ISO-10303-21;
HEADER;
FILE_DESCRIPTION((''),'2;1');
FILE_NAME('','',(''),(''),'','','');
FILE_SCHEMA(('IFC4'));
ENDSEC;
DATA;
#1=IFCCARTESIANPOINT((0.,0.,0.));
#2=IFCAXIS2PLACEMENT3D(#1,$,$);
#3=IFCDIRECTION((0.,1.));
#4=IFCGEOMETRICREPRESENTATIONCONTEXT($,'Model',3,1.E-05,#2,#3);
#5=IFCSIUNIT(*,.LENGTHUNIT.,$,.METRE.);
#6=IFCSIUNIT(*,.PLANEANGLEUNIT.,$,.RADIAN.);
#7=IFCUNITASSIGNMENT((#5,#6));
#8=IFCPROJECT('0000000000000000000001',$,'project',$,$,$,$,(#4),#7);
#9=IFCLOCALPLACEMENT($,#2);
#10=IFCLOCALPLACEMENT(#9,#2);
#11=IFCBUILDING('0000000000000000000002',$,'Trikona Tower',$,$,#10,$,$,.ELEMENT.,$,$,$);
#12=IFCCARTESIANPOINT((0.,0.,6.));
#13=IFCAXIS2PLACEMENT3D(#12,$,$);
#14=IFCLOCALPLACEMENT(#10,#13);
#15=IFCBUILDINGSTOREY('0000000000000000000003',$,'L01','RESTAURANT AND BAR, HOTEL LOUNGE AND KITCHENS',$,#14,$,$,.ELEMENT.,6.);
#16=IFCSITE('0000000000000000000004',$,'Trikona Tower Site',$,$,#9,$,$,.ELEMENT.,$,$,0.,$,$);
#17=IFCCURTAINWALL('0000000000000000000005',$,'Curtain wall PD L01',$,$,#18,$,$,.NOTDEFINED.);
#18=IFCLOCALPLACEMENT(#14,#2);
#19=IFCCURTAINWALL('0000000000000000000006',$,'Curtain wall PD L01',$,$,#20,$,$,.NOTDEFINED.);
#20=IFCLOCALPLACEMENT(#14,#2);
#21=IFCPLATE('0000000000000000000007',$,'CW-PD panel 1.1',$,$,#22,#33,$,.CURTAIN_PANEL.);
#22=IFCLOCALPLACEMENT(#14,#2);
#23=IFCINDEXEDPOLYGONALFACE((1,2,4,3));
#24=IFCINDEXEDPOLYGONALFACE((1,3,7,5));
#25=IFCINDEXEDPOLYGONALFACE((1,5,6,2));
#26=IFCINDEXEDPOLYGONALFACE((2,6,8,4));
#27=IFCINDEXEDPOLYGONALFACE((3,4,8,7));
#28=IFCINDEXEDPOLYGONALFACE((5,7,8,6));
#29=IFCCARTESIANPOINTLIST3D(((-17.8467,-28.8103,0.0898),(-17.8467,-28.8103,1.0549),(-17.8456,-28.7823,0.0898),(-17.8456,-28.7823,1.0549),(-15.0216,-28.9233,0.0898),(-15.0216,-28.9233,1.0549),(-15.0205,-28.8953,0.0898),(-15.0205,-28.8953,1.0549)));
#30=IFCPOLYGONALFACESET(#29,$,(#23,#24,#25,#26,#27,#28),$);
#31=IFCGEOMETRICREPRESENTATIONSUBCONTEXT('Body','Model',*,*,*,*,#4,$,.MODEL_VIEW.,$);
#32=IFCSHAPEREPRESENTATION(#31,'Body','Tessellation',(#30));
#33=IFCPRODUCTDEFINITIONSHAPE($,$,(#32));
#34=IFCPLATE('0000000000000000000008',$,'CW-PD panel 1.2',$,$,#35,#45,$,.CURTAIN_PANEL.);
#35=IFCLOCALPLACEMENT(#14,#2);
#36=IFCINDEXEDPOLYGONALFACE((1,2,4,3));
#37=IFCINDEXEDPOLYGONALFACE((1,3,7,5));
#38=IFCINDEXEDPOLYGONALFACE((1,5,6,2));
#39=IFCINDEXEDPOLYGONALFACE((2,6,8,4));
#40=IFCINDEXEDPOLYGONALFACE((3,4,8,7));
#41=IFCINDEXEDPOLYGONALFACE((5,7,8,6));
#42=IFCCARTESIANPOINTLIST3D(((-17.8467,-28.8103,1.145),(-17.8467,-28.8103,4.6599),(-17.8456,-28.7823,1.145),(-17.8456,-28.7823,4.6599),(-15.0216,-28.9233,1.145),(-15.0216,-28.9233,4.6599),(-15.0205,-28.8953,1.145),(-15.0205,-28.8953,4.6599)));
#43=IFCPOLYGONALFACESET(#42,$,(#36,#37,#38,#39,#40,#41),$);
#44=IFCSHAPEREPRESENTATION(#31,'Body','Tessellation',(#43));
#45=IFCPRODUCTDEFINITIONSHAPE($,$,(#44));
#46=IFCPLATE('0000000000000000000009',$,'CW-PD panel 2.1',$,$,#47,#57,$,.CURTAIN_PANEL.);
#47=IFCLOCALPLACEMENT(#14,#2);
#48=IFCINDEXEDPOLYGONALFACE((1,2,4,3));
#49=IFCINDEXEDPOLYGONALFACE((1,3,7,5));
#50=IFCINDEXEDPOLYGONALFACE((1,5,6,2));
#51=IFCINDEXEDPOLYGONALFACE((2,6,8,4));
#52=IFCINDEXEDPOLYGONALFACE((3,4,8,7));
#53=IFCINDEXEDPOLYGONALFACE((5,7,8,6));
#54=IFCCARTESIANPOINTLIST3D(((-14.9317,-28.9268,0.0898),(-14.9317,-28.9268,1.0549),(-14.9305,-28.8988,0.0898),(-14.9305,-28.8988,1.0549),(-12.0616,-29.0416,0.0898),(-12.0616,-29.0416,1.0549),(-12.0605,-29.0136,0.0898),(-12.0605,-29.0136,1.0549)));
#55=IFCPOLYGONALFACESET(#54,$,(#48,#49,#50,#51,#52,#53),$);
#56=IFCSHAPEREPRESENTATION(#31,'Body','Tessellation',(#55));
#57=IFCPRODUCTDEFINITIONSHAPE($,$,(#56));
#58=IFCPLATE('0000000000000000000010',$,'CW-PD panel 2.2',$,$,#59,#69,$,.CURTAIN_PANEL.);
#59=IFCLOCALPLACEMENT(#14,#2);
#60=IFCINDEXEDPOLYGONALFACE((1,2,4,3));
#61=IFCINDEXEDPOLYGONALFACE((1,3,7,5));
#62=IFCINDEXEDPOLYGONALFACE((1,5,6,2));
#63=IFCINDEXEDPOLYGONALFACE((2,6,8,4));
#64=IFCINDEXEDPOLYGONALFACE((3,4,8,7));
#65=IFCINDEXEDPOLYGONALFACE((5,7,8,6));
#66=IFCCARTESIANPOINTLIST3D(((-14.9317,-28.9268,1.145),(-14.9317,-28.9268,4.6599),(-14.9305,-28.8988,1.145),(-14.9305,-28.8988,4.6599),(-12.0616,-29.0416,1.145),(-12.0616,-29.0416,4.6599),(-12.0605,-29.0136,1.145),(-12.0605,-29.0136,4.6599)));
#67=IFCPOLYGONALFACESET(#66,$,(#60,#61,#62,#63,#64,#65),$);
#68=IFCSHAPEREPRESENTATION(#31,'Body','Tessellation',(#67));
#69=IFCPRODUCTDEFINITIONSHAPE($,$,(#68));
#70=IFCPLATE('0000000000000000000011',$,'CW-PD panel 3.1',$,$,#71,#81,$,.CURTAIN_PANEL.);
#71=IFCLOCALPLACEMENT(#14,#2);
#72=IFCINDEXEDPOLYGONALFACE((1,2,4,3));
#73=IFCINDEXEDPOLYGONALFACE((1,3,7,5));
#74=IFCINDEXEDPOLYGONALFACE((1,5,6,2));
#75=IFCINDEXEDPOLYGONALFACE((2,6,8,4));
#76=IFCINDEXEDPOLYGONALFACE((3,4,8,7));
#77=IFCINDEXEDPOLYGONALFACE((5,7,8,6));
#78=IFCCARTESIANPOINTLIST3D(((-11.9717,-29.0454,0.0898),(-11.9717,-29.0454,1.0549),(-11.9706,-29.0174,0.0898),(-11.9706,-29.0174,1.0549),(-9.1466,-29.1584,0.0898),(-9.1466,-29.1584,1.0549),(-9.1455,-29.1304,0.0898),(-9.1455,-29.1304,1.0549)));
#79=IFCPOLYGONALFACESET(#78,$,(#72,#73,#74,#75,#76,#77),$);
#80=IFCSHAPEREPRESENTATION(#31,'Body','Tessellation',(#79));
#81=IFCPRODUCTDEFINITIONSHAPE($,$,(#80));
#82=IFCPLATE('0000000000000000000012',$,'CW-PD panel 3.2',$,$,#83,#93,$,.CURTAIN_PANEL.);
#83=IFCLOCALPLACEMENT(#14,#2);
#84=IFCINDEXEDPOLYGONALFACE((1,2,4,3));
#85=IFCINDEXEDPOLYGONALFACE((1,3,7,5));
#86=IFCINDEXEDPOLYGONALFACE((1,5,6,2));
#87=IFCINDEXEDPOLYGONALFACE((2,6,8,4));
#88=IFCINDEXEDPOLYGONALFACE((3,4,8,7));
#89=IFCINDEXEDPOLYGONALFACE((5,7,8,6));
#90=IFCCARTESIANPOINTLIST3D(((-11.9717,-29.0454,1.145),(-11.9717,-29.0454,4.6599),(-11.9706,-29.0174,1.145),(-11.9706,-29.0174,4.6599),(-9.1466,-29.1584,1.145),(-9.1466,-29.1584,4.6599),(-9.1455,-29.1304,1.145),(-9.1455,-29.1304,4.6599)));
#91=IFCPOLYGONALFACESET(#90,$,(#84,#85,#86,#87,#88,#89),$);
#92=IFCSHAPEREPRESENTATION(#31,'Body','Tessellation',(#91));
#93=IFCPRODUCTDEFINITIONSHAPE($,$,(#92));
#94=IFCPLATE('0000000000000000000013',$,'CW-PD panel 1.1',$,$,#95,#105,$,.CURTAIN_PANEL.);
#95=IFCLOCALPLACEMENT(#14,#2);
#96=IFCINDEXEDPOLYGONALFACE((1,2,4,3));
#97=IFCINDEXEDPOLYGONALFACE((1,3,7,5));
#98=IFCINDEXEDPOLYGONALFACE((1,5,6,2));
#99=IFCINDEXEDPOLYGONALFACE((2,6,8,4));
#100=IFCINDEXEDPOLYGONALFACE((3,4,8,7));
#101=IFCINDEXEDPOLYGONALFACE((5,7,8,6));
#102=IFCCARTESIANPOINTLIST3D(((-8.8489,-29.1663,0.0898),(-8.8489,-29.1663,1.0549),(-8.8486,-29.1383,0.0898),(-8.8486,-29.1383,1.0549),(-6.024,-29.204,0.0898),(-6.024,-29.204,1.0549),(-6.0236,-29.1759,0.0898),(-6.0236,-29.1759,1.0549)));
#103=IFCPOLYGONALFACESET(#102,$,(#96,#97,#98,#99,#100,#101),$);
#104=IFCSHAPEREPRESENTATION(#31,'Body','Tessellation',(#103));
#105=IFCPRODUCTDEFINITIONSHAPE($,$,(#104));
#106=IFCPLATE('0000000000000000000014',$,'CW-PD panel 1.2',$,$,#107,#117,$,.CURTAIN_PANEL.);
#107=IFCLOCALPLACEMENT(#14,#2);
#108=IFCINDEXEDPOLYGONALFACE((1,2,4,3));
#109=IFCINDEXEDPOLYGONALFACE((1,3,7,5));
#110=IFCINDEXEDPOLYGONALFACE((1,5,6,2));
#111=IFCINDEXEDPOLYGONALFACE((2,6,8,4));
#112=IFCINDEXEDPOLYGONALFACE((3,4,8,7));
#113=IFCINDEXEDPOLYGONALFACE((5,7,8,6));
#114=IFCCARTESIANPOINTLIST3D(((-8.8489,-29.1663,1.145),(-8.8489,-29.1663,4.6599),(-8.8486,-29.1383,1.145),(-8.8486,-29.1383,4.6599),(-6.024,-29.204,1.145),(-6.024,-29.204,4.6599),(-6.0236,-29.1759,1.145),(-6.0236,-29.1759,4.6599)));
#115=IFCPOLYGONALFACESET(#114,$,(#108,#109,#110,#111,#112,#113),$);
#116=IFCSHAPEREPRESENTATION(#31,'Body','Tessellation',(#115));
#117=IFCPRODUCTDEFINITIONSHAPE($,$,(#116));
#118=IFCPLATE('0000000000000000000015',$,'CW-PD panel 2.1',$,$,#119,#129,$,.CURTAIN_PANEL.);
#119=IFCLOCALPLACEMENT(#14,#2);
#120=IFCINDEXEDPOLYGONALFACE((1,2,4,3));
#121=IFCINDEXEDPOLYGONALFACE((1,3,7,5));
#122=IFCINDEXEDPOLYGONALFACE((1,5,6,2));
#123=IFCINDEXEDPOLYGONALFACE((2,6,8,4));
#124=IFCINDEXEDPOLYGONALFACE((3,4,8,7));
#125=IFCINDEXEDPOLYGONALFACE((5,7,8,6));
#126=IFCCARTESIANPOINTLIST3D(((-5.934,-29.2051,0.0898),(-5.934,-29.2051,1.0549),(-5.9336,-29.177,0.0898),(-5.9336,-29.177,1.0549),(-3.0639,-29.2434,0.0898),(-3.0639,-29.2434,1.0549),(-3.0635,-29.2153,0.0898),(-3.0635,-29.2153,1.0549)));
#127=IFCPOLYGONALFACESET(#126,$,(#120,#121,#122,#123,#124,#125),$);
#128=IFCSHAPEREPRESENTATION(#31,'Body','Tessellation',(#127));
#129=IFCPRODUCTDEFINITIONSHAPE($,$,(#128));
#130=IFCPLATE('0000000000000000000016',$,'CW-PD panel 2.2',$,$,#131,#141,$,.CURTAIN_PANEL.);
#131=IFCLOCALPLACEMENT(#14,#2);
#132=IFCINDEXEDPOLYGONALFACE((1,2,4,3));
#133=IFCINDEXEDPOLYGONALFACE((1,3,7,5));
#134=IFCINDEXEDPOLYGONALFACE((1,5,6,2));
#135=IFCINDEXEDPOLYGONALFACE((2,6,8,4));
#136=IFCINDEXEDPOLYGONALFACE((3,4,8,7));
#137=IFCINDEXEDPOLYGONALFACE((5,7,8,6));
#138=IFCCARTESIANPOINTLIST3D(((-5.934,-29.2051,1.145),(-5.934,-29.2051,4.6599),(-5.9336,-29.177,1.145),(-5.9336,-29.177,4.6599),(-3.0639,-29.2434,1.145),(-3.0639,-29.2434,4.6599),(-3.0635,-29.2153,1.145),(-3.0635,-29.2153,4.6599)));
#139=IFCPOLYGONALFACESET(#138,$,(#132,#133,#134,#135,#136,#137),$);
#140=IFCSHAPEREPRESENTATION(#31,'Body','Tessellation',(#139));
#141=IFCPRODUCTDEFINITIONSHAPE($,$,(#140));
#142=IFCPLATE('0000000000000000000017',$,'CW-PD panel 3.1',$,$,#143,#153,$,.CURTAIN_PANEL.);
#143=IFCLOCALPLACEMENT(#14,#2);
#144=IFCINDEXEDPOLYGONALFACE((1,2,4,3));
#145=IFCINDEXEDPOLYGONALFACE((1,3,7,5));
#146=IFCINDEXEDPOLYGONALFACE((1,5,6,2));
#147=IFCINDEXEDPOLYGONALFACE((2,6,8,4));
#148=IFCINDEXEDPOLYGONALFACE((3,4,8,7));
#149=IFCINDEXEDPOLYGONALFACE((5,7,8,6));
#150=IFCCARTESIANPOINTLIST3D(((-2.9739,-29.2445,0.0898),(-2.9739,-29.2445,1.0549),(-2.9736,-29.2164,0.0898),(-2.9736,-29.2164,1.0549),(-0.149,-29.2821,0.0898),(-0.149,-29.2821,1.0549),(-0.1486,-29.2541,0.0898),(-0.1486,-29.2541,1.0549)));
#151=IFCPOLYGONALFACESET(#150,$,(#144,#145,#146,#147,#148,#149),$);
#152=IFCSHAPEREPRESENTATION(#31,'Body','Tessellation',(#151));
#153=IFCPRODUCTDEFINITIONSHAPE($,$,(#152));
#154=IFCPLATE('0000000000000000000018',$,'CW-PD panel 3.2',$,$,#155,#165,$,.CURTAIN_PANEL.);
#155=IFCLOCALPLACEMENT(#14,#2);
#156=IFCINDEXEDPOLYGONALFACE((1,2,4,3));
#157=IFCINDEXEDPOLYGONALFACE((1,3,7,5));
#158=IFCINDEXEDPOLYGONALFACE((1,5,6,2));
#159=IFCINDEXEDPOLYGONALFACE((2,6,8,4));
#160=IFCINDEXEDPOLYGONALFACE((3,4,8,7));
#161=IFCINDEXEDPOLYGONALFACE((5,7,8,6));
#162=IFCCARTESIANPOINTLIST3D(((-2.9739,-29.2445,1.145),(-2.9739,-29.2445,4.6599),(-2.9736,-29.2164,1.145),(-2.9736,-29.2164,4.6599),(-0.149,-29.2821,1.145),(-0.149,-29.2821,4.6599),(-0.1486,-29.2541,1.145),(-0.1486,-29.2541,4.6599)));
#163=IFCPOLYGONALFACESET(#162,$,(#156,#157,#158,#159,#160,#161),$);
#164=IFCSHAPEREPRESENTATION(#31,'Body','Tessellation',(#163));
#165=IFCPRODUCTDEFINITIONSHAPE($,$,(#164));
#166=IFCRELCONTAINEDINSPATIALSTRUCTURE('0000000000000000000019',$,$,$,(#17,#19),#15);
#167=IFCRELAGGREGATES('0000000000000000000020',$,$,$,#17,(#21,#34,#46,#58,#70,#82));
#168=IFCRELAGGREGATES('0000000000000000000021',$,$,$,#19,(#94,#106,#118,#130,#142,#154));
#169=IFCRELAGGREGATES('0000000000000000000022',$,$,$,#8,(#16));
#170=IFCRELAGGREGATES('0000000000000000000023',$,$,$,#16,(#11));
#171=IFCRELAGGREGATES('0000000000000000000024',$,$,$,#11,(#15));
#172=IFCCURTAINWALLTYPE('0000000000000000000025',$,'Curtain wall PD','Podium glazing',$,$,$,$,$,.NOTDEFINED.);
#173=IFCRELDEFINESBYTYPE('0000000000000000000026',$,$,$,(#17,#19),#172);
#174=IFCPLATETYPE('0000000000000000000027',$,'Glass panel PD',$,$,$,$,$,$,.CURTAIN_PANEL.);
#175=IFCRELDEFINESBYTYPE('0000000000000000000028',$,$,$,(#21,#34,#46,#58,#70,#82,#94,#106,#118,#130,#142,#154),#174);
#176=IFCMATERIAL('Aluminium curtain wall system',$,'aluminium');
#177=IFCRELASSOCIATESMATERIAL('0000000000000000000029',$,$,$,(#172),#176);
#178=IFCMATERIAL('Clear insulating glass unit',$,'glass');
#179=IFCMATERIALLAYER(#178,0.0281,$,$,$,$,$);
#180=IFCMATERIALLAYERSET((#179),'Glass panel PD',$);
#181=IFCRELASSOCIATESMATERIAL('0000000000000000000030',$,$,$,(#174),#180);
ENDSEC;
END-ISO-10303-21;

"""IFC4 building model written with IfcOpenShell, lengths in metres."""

from ifc_helpers import new_model, si_unit, direction, frame, origin, origin_2d, place, context, subcontext, project, spatial, rectangle, extrude, material, layer, layer_set, type_object, element, aggregate, save


model = new_model("IFC4")

# Units and contexts
model_context = context("Model", 3, precision=1e-05, world=origin(), true_north=direction((0.0, 1.0)))
body_context = subcontext(model_context, "Body", "Model", "MODEL_VIEW")
ifc_project = project(units=[si_unit("LENGTHUNIT", "METRE"), si_unit("PLANEANGLEUNIT", "RADIAN")], contexts=[model_context])

# Site, building, storey
site_placement = place(None, origin())
site = spatial("IfcSite", under=ifc_project, at=site_placement, Name="Trikona Tower Site", CompositionType="ELEMENT", RefElevation=0.0)
building_placement = place(site_placement, origin())
building = spatial("IfcBuilding", under=site, at=building_placement, Name="Trikona Tower", CompositionType="ELEMENT")
storey_placement = place(building_placement, frame((0.0, 0.0, 6.0)))
storey = spatial("IfcBuildingStorey", under=building, at=storey_placement, Name="L01", Description="RESTAURANT AND BAR, HOTEL LOUNGE AND KITCHENS", CompositionType="ELEMENT", Elevation=6.0)

# Curtain walls
ifc_material_1 = material(Name="Aluminium curtain wall system", Category="aluminium")
curtain_wall_type = type_object("IfcCurtainWallType", Name="Curtain wall PD", Description="Podium glazing", PredefinedType="NOTDEFINED", material=ifc_material_1)
curtain_wall_1_placement = place(storey_placement, origin())
curtain_wall_1 = element("IfcCurtainWall", 1, at=curtain_wall_1_placement, inside=storey, type_object=curtain_wall_type, Name="Curtain wall PD L01", PredefinedType="NOTDEFINED")
curtain_wall_2_placement = place(storey_placement, origin())
curtain_wall_2 = element("IfcCurtainWall", 2, at=curtain_wall_2_placement, inside=storey, type_object=curtain_wall_type, Name="Curtain wall PD L01", PredefinedType="NOTDEFINED")

# Plates
ifc_material_2 = material(Name="Clear insulating glass unit", Category="glass")
ifc_layer = layer(ifc_material_2, 0.0281)
ifc_layer_set = layer_set([ifc_layer], Name="Glass panel PD")
plate_type = type_object("IfcPlateType", Name="Glass panel PD", PredefinedType="CURTAIN_PANEL", material=ifc_layer_set)
plate_1_placement = place(storey_placement, frame((-16.4336, -28.8528, 0.0898), z_axis=(0.0, 0.0, 1.0), x_axis=(0.999201, -0.039968, 0.0)))
plate_1 = element("IfcPlate", 3, at=plate_1_placement, type_object=plate_type, Name="CW-PD panel 1.1", PredefinedType="CURTAIN_PANEL", context=body_context, shape_type="SweptSolid", body=[
    extrude(rectangle(XDim=2.8274, YDim=0.0281, at=origin_2d()), origin(), (0.0, 0.0, 1.0), 0.9651),
])
plate_2_placement = place(storey_placement, frame((-16.4336, -28.8528, 1.145), z_axis=(0.0, 0.0, 1.0), x_axis=(0.999201, -0.039968, 0.0)))
plate_2 = element("IfcPlate", 4, at=plate_2_placement, type_object=plate_type, Name="CW-PD panel 1.2", PredefinedType="CURTAIN_PANEL", context=body_context, shape_type="SweptSolid", body=[
    extrude(rectangle(XDim=2.8274, YDim=0.0281, at=origin_2d()), origin(), (0.0, 0.0, 1.0), 3.5149),
])
plate_3_placement = place(storey_placement, frame((-13.4961, -28.9702, 0.0898), z_axis=(0.0, 0.0, 1.0), x_axis=(0.999201, -0.039968, 0.0)))
plate_3 = element("IfcPlate", 5, at=plate_3_placement, type_object=plate_type, Name="CW-PD panel 2.1", PredefinedType="CURTAIN_PANEL", context=body_context, shape_type="SweptSolid", body=[
    extrude(rectangle(XDim=2.8723, YDim=0.0281, at=origin_2d()), origin(), (0.0, 0.0, 1.0), 0.9651),
])
plate_4_placement = place(storey_placement, frame((-13.4961, -28.9702, 1.145), z_axis=(0.0, 0.0, 1.0), x_axis=(0.999201, -0.039968, 0.0)))
plate_4 = element("IfcPlate", 6, at=plate_4_placement, type_object=plate_type, Name="CW-PD panel 2.2", PredefinedType="CURTAIN_PANEL", context=body_context, shape_type="SweptSolid", body=[
    extrude(rectangle(XDim=2.8723, YDim=0.0281, at=origin_2d()), origin(), (0.0, 0.0, 1.0), 3.5149),
])
plate_5_placement = place(storey_placement, frame((-10.5586, -29.0879, 0.0898), z_axis=(0.0, 0.0, 1.0), x_axis=(0.999201, -0.039968, 0.0)))
plate_5 = element("IfcPlate", 7, at=plate_5_placement, type_object=plate_type, Name="CW-PD panel 3.1", PredefinedType="CURTAIN_PANEL", context=body_context, shape_type="SweptSolid", body=[
    extrude(rectangle(XDim=2.8274, YDim=0.0281, at=origin_2d()), origin(), (0.0, 0.0, 1.0), 0.9651),
])
plate_6_placement = place(storey_placement, frame((-10.5586, -29.0879, 1.145), z_axis=(0.0, 0.0, 1.0), x_axis=(0.999201, -0.039968, 0.0)))
plate_6 = element("IfcPlate", 8, at=plate_6_placement, type_object=plate_type, Name="CW-PD panel 3.2", PredefinedType="CURTAIN_PANEL", context=body_context, shape_type="SweptSolid", body=[
    extrude(rectangle(XDim=2.8274, YDim=0.0281, at=origin_2d()), origin(), (0.0, 0.0, 1.0), 3.5149),
])
aggregate(curtain_wall_1, [plate_1, plate_2, plate_3, plate_4, plate_5, plate_6])
plate_7_placement = place(storey_placement, frame((-7.4363, -29.1711, 0.0898), z_axis=(0.0, 0.0, 1.0), x_axis=(0.999911, -0.013332, 0.0)))
plate_7 = element("IfcPlate", 9, at=plate_7_placement, type_object=plate_type, Name="CW-PD panel 1.1", PredefinedType="CURTAIN_PANEL", context=body_context, shape_type="SweptSolid", body=[
    extrude(rectangle(XDim=2.8252, YDim=0.0281, at=origin_2d()), origin(), (0.0, 0.0, 1.0), 0.9651),
])
plate_8_placement = place(storey_placement, frame((-7.4363, -29.1711, 1.145), z_axis=(0.0, 0.0, 1.0), x_axis=(0.999911, -0.013332, 0.0)))
plate_8 = element("IfcPlate", 10, at=plate_8_placement, type_object=plate_type, Name="CW-PD panel 1.2", PredefinedType="CURTAIN_PANEL", context=body_context, shape_type="SweptSolid", body=[
    extrude(rectangle(XDim=2.8252, YDim=0.0281, at=origin_2d()), origin(), (0.0, 0.0, 1.0), 3.5149),
])
plate_9_placement = place(storey_placement, frame((-4.4988, -29.2102, 0.0898), z_axis=(0.0, 0.0, 1.0), x_axis=(0.999911, -0.013332, 0.0)))
plate_9 = element("IfcPlate", 11, at=plate_9_placement, type_object=plate_type, Name="CW-PD panel 2.1", PredefinedType="CURTAIN_PANEL", context=body_context, shape_type="SweptSolid", body=[
    extrude(rectangle(XDim=2.8704, YDim=0.0281, at=origin_2d()), origin(), (0.0, 0.0, 1.0), 0.9651),
])
plate_10_placement = place(storey_placement, frame((-4.4988, -29.2102, 1.145), z_axis=(0.0, 0.0, 1.0), x_axis=(0.999911, -0.013332, 0.0)))
plate_10 = element("IfcPlate", 12, at=plate_10_placement, type_object=plate_type, Name="CW-PD panel 2.2", PredefinedType="CURTAIN_PANEL", context=body_context, shape_type="SweptSolid", body=[
    extrude(rectangle(XDim=2.8704, YDim=0.0281, at=origin_2d()), origin(), (0.0, 0.0, 1.0), 3.5149),
])
plate_11_placement = place(storey_placement, frame((-1.5613, -29.2493, 0.0898), z_axis=(0.0, 0.0, 1.0), x_axis=(0.999911, -0.013332, 0.0)))
plate_11 = element("IfcPlate", 13, at=plate_11_placement, type_object=plate_type, Name="CW-PD panel 3.1", PredefinedType="CURTAIN_PANEL", context=body_context, shape_type="SweptSolid", body=[
    extrude(rectangle(XDim=2.8252, YDim=0.0281, at=origin_2d()), origin(), (0.0, 0.0, 1.0), 0.9651),
])
plate_12_placement = place(storey_placement, frame((-1.5613, -29.2493, 1.145), z_axis=(0.0, 0.0, 1.0), x_axis=(0.999911, -0.013332, 0.0)))
plate_12 = element("IfcPlate", 14, at=plate_12_placement, type_object=plate_type, Name="CW-PD panel 3.2", PredefinedType="CURTAIN_PANEL", context=body_context, shape_type="SweptSolid", body=[
    extrude(rectangle(XDim=2.8252, YDim=0.0281, at=origin_2d()), origin(), (0.0, 0.0, 1.0), 3.5149),
])
aggregate(curtain_wall_2, [plate_7, plate_8, plate_9, plate_10, plate_11, plate_12])

save(model, "model.ifc")
